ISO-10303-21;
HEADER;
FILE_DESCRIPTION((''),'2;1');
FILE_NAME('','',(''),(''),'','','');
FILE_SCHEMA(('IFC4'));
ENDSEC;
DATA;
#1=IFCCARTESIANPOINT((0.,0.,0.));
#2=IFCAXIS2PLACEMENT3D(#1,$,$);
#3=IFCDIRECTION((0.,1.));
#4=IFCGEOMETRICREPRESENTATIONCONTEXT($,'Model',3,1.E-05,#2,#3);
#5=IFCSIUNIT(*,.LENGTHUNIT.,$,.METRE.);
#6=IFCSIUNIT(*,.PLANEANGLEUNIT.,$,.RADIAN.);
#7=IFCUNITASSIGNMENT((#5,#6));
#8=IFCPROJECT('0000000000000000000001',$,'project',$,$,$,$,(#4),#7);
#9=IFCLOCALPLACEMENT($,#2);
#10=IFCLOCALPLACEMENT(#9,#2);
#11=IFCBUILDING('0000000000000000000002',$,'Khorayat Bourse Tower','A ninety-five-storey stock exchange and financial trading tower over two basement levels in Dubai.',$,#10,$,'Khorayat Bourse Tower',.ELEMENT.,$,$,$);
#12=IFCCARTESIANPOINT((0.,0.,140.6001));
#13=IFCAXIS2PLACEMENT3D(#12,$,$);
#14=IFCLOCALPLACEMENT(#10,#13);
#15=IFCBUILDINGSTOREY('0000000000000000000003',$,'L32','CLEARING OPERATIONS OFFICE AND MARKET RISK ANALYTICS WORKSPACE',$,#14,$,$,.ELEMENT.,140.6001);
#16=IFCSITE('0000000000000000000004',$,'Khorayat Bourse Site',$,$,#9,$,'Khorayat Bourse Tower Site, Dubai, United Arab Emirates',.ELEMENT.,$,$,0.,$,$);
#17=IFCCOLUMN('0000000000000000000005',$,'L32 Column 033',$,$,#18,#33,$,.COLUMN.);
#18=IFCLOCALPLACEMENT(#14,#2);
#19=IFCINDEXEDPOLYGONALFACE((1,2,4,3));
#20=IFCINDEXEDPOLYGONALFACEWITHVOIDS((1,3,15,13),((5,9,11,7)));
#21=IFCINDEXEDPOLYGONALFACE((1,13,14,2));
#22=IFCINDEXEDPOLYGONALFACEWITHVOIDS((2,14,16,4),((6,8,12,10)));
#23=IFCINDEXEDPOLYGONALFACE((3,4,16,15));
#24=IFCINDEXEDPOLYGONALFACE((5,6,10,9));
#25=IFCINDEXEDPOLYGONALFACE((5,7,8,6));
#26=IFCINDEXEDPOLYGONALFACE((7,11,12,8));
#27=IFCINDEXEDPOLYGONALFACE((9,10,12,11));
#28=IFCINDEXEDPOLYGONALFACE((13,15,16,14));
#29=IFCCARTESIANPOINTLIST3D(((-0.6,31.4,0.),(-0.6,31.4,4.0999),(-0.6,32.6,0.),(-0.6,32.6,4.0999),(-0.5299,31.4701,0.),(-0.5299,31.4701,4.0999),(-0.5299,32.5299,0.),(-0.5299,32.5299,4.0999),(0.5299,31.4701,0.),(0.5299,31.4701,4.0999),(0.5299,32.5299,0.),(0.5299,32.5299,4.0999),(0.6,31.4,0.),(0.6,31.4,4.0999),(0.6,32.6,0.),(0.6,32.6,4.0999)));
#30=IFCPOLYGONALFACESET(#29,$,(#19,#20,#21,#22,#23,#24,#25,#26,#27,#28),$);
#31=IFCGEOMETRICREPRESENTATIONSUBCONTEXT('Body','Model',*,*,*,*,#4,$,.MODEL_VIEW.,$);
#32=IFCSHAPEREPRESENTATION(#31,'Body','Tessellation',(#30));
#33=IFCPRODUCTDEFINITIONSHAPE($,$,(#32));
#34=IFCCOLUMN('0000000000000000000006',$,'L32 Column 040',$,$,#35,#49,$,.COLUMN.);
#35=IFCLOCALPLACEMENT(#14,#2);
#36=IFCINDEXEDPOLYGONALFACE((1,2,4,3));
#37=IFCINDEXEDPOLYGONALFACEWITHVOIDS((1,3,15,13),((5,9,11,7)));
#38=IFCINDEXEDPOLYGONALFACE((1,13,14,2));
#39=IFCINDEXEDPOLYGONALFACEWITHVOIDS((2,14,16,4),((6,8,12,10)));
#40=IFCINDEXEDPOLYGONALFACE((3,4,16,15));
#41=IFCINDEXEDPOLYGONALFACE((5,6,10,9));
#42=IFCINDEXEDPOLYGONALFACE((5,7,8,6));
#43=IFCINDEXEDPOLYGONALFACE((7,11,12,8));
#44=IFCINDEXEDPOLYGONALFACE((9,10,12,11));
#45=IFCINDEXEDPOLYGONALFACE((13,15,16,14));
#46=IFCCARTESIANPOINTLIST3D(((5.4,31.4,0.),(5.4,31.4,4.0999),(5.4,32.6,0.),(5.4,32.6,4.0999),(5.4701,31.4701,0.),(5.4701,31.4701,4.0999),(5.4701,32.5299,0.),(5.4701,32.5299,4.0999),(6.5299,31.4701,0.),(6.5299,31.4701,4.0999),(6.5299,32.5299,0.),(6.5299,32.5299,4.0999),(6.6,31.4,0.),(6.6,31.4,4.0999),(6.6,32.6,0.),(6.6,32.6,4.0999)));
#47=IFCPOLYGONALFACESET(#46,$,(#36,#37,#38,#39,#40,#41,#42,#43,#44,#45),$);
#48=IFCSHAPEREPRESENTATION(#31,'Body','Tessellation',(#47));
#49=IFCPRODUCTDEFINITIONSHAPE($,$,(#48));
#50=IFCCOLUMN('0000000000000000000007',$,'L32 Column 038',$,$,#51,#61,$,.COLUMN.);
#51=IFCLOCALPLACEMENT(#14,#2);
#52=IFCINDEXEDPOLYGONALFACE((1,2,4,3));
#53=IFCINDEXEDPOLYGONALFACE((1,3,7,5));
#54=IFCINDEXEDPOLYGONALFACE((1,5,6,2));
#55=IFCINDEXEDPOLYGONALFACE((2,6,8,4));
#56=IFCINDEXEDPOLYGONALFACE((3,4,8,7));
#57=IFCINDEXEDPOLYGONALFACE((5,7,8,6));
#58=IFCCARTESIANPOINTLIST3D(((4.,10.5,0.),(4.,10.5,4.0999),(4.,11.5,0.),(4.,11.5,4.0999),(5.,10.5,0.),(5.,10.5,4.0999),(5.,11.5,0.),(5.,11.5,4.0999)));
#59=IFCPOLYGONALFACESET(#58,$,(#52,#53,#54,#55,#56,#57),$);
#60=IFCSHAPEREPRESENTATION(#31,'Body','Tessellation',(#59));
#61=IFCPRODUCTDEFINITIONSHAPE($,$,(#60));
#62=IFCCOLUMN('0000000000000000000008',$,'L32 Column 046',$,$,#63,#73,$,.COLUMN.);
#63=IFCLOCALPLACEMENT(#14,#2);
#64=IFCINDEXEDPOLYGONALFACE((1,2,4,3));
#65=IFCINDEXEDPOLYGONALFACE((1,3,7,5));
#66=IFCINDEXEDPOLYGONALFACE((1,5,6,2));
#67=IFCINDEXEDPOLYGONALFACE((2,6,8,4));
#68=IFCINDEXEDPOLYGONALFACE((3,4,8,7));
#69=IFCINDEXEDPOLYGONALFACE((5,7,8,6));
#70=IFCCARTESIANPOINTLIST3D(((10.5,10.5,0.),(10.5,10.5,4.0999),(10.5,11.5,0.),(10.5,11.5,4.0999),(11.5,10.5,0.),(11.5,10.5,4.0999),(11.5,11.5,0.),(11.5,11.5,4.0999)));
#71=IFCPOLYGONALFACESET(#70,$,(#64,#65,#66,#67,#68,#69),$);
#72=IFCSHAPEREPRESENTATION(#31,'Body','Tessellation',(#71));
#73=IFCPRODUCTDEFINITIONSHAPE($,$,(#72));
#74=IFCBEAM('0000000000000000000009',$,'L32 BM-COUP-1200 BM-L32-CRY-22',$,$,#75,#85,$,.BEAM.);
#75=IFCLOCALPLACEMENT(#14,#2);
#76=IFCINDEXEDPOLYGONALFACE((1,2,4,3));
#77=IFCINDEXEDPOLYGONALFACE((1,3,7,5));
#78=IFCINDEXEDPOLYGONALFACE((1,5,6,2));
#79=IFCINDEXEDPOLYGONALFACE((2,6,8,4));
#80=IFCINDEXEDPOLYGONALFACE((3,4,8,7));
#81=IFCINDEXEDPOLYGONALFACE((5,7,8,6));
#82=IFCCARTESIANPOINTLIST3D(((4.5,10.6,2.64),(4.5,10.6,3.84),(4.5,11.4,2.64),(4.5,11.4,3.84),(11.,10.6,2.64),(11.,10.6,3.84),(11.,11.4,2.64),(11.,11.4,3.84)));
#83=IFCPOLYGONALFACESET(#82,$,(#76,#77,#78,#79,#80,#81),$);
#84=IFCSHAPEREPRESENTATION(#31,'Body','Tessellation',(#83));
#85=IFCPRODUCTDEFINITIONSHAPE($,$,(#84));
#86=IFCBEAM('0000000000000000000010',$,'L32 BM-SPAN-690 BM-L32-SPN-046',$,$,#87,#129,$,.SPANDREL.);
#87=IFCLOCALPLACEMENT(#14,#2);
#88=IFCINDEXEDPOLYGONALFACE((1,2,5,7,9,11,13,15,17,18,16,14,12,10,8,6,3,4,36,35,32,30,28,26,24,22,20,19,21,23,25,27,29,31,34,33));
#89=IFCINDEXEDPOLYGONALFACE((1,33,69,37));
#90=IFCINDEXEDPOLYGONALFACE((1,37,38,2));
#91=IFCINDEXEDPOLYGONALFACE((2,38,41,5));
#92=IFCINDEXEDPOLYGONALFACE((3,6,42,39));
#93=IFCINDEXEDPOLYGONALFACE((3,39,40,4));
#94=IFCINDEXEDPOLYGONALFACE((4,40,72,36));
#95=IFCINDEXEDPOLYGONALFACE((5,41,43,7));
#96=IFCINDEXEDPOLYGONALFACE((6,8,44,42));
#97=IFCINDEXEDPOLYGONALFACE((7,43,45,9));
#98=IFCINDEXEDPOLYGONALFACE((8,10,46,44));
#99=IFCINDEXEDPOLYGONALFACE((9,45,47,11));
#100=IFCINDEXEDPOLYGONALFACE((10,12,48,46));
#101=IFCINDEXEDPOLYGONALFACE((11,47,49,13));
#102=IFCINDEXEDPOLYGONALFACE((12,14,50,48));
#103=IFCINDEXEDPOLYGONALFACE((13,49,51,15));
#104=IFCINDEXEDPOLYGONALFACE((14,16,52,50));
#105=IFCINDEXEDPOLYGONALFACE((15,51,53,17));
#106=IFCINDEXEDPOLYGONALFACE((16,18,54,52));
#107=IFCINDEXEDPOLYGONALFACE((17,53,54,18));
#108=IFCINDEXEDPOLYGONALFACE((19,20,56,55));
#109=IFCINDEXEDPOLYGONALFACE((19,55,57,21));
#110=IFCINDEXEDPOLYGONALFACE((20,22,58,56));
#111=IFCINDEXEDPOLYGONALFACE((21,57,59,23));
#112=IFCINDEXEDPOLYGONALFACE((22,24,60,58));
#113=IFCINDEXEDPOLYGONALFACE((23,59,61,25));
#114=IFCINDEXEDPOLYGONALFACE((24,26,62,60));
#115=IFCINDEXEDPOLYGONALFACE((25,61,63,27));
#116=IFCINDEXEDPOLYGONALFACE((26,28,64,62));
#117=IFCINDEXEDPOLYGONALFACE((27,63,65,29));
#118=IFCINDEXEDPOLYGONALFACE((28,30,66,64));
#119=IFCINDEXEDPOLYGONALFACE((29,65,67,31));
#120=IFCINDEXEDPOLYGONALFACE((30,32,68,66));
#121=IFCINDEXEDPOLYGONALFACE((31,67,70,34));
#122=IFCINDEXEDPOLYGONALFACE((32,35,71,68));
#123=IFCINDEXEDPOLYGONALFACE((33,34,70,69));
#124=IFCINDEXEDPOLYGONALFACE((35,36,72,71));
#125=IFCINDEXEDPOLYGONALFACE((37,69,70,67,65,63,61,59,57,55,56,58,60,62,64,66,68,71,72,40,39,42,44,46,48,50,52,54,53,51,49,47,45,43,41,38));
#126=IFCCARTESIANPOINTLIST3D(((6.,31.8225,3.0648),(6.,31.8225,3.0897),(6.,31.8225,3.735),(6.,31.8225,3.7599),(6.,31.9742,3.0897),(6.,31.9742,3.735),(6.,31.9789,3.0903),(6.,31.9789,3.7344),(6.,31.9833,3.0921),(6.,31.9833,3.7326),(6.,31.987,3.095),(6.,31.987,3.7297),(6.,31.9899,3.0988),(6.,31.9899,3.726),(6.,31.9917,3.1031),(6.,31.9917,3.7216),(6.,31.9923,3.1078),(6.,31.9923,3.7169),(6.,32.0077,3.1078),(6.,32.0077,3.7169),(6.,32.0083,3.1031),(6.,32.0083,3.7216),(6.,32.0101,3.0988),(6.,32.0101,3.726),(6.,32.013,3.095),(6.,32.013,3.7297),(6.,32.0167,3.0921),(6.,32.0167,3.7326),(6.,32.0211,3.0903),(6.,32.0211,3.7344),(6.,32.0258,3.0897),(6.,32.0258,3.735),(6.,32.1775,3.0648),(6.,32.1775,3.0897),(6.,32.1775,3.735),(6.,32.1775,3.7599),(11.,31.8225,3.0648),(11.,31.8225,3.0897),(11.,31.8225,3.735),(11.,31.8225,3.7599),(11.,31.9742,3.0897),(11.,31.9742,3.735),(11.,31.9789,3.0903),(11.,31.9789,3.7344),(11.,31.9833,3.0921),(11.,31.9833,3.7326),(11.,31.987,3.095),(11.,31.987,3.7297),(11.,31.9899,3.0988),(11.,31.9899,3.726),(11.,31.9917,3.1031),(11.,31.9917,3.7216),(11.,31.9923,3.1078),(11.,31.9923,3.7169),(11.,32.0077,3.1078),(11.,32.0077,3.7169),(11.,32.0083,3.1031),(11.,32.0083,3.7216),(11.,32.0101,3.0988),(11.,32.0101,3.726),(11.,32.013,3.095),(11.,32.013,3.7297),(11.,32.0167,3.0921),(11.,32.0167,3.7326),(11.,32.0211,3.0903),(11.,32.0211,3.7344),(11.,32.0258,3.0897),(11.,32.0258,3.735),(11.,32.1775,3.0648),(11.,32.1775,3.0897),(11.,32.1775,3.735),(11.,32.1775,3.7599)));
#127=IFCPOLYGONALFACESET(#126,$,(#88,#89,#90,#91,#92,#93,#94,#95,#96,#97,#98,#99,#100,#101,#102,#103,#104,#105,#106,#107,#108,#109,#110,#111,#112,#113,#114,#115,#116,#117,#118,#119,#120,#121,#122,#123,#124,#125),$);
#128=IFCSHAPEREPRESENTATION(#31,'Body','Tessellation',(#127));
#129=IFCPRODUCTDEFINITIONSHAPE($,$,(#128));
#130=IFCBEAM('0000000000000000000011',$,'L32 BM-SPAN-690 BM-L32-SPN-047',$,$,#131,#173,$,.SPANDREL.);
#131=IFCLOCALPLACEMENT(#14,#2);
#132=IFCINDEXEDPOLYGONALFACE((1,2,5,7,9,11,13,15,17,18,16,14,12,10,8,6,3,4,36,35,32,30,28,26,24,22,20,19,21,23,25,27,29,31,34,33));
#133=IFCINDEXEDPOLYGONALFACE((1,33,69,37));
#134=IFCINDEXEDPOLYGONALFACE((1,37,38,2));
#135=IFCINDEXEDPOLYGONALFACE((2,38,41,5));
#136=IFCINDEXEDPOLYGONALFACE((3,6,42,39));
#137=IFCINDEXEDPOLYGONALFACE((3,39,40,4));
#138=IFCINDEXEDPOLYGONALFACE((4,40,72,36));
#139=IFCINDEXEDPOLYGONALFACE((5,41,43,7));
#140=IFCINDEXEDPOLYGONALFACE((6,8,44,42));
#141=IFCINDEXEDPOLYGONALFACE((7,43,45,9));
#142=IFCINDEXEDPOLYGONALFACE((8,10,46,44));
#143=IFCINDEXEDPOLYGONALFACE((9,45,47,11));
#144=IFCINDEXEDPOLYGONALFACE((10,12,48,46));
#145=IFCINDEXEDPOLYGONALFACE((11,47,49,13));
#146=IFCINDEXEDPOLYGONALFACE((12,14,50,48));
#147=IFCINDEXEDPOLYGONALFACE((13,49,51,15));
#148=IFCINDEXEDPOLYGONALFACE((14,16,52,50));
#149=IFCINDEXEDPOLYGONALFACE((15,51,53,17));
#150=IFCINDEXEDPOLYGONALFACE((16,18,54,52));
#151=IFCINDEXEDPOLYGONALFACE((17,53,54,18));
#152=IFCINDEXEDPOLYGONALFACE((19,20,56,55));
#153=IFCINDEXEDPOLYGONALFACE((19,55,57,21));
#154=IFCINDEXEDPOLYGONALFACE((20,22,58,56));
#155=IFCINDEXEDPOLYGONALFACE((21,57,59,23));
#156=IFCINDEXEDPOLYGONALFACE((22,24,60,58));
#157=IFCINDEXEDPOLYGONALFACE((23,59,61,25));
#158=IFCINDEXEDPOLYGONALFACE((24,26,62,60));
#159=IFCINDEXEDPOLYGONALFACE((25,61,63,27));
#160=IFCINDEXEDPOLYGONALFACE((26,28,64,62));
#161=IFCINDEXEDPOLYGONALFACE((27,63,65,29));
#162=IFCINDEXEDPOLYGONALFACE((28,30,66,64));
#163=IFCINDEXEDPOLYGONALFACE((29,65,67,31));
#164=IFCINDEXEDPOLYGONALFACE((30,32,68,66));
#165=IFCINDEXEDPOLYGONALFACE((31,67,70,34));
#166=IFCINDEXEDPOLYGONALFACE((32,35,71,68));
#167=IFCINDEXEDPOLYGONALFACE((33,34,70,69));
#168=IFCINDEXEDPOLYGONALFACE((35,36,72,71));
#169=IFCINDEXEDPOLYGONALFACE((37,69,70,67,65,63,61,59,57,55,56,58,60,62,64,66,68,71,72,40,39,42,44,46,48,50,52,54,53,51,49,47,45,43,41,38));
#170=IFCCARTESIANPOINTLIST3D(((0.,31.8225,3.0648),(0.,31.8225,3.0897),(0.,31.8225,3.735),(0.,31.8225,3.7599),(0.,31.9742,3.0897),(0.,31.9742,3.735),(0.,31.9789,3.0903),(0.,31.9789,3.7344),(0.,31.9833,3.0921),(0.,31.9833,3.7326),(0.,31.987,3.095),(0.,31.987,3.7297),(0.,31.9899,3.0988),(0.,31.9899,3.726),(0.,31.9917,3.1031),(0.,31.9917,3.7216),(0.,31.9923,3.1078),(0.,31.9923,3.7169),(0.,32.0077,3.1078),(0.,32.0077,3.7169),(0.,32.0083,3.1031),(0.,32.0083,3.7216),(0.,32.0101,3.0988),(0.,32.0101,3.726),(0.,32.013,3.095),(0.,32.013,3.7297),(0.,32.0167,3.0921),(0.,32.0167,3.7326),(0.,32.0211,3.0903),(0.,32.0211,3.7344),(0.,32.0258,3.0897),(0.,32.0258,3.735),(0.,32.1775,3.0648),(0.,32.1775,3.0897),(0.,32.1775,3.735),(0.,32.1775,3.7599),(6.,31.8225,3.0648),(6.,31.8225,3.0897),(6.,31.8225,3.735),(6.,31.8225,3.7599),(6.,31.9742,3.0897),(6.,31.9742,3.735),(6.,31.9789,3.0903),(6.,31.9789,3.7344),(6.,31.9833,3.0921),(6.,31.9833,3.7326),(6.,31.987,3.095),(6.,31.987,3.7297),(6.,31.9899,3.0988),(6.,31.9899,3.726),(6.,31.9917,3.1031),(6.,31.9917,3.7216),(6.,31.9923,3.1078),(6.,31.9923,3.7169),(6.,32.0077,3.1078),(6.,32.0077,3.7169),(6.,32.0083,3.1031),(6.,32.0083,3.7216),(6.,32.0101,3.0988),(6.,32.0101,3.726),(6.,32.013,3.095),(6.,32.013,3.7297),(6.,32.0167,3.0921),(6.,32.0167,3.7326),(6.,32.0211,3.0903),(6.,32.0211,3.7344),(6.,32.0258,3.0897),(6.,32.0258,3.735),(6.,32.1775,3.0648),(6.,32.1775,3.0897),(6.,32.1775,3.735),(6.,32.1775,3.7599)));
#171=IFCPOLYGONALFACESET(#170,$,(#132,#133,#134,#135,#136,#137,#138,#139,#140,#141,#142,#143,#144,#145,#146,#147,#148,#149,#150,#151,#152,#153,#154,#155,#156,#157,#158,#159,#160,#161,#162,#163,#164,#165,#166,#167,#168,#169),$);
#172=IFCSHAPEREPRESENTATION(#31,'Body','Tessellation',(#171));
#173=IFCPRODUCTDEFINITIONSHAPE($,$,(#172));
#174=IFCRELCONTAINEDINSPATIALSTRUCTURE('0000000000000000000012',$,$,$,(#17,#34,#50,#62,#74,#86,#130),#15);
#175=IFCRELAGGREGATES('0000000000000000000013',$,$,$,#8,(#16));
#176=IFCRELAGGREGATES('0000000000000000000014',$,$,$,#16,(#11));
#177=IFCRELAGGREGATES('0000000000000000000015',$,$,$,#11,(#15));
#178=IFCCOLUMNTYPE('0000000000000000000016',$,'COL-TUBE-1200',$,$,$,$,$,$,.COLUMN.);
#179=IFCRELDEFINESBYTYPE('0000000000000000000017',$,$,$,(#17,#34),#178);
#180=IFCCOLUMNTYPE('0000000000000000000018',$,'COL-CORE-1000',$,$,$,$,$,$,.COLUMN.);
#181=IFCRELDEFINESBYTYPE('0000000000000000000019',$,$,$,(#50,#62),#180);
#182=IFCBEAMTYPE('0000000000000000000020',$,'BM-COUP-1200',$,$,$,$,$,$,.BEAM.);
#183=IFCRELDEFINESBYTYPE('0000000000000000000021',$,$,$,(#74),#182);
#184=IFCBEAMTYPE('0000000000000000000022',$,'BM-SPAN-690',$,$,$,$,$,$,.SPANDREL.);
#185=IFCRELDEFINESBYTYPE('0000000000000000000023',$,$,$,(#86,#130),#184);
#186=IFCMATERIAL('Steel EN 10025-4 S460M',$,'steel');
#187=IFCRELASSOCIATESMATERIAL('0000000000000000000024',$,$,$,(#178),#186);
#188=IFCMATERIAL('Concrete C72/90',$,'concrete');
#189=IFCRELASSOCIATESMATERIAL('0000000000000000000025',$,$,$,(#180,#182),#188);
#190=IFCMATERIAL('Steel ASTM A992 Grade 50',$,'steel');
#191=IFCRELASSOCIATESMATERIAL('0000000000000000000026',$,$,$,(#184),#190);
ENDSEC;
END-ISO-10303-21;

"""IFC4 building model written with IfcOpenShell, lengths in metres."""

from ifc_helpers import new_model, si_unit, direction, frame, origin, origin_2d, place, context, subcontext, project, spatial, rectangle, hollow_rectangle, i_section, extrude, source, transform, mapped, material, material_profile, profile_set, type_object, element, save


model = new_model("IFC4")

# Units and contexts
model_context = context("Model", 3, precision=1e-05, world=origin(), true_north=direction((0.0, 1.0)))
body_context = subcontext(model_context, "Body", "Model", "MODEL_VIEW")
ifc_project = project(units=[si_unit("LENGTHUNIT", "METRE"), si_unit("PLANEANGLEUNIT", "RADIAN")], contexts=[model_context])

# Site, building, storey
site_placement = place(None, origin())
site = spatial("IfcSite", under=ifc_project, at=site_placement, Name="Khorayat Bourse Site", LongName="Khorayat Bourse Tower Site, Dubai, United Arab Emirates", CompositionType="ELEMENT", RefElevation=0.0)
building_placement = place(site_placement, origin())
building = spatial("IfcBuilding", under=site, at=building_placement, Name="Khorayat Bourse Tower", Description="A ninety-five-storey stock exchange and financial trading tower over two basement levels in Dubai.", LongName="Khorayat Bourse Tower", CompositionType="ELEMENT")
storey_placement = place(building_placement, frame((0.0, 0.0, 140.6001)))
storey = spatial("IfcBuildingStorey", under=building, at=storey_placement, Name="L32", Description="CLEARING OPERATIONS OFFICE AND MARKET RISK ANALYTICS WORKSPACE", CompositionType="ELEMENT", Elevation=140.6001)

# Columns
ifc_material_1 = material(Name="Steel EN 10025-4 S460M", Category="steel")
ifc_material_profile_1 = material_profile(ifc_material_1, hollow_rectangle(XDim=1.2, YDim=1.2, WallThickness=0.0701, at=origin_2d()), Name="BOX 1200x1200x70")
ifc_profile_set_1 = profile_set([ifc_material_profile_1], Name="Steel EN 10025-4 S460M")
column_type_1 = type_object("IfcColumnType", Name="COL-TUBE-1200", PredefinedType="COLUMN", material=ifc_profile_set_1)
shared_shape_1 = source(origin(), body_context, "Body", "SweptSolid", [
    extrude(hollow_rectangle(XDim=1.2, YDim=1.2, WallThickness=0.0701, at=origin_2d()), origin(), (0.0, 0.0, 1.0), 4.0999),
])
for number, where, z_axis, x_axis, name in (
    (1, (0.0, 32.0, 0.0), (0.0, 0.0, 1.0), (1.0, 0.0, 0.0), "L32 Column 033"),
    (2, (6.0, 32.0, 0.0), (0.0, 0.0, 1.0), (1.0, 0.0, 0.0), "L32 Column 040"),
):
    element("IfcColumn", number, at=place(storey_placement, frame(where, z_axis=z_axis, x_axis=x_axis)), inside=storey, type_object=column_type_1, Name=name, PredefinedType="COLUMN", context=body_context, shape_type="MappedRepresentation", body=[
        mapped(shared_shape_1, transform((0.0, 0.0, 0.0), scale=1.0)),
    ])
ifc_material_2 = material(Name="Concrete C72/90", Category="concrete")
ifc_material_profile_2 = material_profile(ifc_material_2, rectangle(XDim=1.0, YDim=1.0, at=origin_2d()), Name="RC 1000x1000")
ifc_profile_set_2 = profile_set([ifc_material_profile_2], Name="Concrete C72/90")
column_type_2 = type_object("IfcColumnType", Name="COL-CORE-1000", PredefinedType="COLUMN", material=ifc_profile_set_2)
shared_shape_2 = source(origin(), body_context, "Body", "SweptSolid", [
    extrude(rectangle(XDim=1.0, YDim=1.0, at=origin_2d()), origin(), (0.0, 0.0, 1.0), 4.0999),
])
for number, where, z_axis, x_axis, name in (
    (3, (4.5, 11.0, 0.0), (0.0, 0.0, 1.0), (1.0, 0.0, 0.0), "L32 Column 038"),
    (4, (11.0, 11.0, 0.0), (0.0, 0.0, 1.0), (1.0, 0.0, 0.0), "L32 Column 046"),
):
    element("IfcColumn", number, at=place(storey_placement, frame(where, z_axis=z_axis, x_axis=x_axis)), inside=storey, type_object=column_type_2, Name=name, PredefinedType="COLUMN", context=body_context, shape_type="MappedRepresentation", body=[
        mapped(shared_shape_2, transform((0.0, 0.0, 0.0), scale=1.0)),
    ])

# Beams
ifc_material_profile_3 = material_profile(ifc_material_2, rectangle(XDim=0.8, YDim=1.2, at=origin_2d()), Name="RC 800x1200")
ifc_profile_set_3 = profile_set([ifc_material_profile_3], Name="Concrete C72/90")
beam_type_1 = type_object("IfcBeamType", Name="BM-COUP-1200", PredefinedType="BEAM", material=ifc_profile_set_3)
shared_shape_3 = source(origin(), body_context, "Body", "SweptSolid", [
    extrude(rectangle(XDim=0.8, YDim=1.2, at=origin_2d()), origin(), (0.0, 0.0, 1.0), 6.5),
])
beam_1_placement = place(storey_placement, frame((4.5, 11.0, 3.24), z_axis=(1.0, 0.0, 0.0), x_axis=(0.0, 1.0, 0.0)))
element("IfcBeam", 5, at=beam_1_placement, inside=storey, type_object=beam_type_1, Name="L32 BM-COUP-1200 BM-L32-CRY-22", PredefinedType="BEAM", context=body_context, shape_type="MappedRepresentation", body=[
    mapped(shared_shape_3, transform((0.0, 0.0, 0.0), scale=1.0)),
])
ifc_material_3 = material(Name="Steel ASTM A992 Grade 50", Category="steel")
ifc_material_profile_4 = material_profile(ifc_material_3, i_section(OverallWidth=0.355, OverallDepth=0.6951, WebThickness=0.0154, FlangeThickness=0.0249, FilletRadius=0.0181, at=origin_2d()), Name="W690X217")
ifc_profile_set_4 = profile_set([ifc_material_profile_4], Name="Steel ASTM A992 Grade 50")
beam_type_2 = type_object("IfcBeamType", Name="BM-SPAN-690", PredefinedType="SPANDREL", material=ifc_profile_set_4)
shared_shape_4 = source(origin(), body_context, "Body", "SweptSolid", [
    extrude(i_section(OverallWidth=0.355, OverallDepth=0.6951, WebThickness=0.0154, FlangeThickness=0.0249, FilletRadius=0.0181, at=origin_2d()), origin(), (0.0, 0.0, 1.0), 5.0),
])
beam_2_placement = place(storey_placement, frame((6.0, 32.0, 3.4124), z_axis=(1.0, 0.0, 0.0), x_axis=(0.0, 1.0, 0.0)))
element("IfcBeam", 6, at=beam_2_placement, inside=storey, type_object=beam_type_2, Name="L32 BM-SPAN-690 BM-L32-SPN-046", PredefinedType="SPANDREL", context=body_context, shape_type="MappedRepresentation", body=[
    mapped(shared_shape_4, transform((0.0, 0.0, 0.0), scale=1.0)),
])
shared_shape_5 = source(origin(), body_context, "Body", "SweptSolid", [
    extrude(i_section(OverallWidth=0.355, OverallDepth=0.6951, WebThickness=0.0154, FlangeThickness=0.0249, FilletRadius=0.0181, at=origin_2d()), origin(), (0.0, 0.0, 1.0), 6.0),
])
beam_3_placement = place(storey_placement, frame((0.0, 32.0, 3.4124), z_axis=(1.0, 0.0, 0.0), x_axis=(0.0, 1.0, 0.0)))
element("IfcBeam", 7, at=beam_3_placement, inside=storey, type_object=beam_type_2, Name="L32 BM-SPAN-690 BM-L32-SPN-047", PredefinedType="SPANDREL", context=body_context, shape_type="MappedRepresentation", body=[
    mapped(shared_shape_5, transform((0.0, 0.0, 0.0), scale=1.0)),
])

save(model, "model.ifc")
